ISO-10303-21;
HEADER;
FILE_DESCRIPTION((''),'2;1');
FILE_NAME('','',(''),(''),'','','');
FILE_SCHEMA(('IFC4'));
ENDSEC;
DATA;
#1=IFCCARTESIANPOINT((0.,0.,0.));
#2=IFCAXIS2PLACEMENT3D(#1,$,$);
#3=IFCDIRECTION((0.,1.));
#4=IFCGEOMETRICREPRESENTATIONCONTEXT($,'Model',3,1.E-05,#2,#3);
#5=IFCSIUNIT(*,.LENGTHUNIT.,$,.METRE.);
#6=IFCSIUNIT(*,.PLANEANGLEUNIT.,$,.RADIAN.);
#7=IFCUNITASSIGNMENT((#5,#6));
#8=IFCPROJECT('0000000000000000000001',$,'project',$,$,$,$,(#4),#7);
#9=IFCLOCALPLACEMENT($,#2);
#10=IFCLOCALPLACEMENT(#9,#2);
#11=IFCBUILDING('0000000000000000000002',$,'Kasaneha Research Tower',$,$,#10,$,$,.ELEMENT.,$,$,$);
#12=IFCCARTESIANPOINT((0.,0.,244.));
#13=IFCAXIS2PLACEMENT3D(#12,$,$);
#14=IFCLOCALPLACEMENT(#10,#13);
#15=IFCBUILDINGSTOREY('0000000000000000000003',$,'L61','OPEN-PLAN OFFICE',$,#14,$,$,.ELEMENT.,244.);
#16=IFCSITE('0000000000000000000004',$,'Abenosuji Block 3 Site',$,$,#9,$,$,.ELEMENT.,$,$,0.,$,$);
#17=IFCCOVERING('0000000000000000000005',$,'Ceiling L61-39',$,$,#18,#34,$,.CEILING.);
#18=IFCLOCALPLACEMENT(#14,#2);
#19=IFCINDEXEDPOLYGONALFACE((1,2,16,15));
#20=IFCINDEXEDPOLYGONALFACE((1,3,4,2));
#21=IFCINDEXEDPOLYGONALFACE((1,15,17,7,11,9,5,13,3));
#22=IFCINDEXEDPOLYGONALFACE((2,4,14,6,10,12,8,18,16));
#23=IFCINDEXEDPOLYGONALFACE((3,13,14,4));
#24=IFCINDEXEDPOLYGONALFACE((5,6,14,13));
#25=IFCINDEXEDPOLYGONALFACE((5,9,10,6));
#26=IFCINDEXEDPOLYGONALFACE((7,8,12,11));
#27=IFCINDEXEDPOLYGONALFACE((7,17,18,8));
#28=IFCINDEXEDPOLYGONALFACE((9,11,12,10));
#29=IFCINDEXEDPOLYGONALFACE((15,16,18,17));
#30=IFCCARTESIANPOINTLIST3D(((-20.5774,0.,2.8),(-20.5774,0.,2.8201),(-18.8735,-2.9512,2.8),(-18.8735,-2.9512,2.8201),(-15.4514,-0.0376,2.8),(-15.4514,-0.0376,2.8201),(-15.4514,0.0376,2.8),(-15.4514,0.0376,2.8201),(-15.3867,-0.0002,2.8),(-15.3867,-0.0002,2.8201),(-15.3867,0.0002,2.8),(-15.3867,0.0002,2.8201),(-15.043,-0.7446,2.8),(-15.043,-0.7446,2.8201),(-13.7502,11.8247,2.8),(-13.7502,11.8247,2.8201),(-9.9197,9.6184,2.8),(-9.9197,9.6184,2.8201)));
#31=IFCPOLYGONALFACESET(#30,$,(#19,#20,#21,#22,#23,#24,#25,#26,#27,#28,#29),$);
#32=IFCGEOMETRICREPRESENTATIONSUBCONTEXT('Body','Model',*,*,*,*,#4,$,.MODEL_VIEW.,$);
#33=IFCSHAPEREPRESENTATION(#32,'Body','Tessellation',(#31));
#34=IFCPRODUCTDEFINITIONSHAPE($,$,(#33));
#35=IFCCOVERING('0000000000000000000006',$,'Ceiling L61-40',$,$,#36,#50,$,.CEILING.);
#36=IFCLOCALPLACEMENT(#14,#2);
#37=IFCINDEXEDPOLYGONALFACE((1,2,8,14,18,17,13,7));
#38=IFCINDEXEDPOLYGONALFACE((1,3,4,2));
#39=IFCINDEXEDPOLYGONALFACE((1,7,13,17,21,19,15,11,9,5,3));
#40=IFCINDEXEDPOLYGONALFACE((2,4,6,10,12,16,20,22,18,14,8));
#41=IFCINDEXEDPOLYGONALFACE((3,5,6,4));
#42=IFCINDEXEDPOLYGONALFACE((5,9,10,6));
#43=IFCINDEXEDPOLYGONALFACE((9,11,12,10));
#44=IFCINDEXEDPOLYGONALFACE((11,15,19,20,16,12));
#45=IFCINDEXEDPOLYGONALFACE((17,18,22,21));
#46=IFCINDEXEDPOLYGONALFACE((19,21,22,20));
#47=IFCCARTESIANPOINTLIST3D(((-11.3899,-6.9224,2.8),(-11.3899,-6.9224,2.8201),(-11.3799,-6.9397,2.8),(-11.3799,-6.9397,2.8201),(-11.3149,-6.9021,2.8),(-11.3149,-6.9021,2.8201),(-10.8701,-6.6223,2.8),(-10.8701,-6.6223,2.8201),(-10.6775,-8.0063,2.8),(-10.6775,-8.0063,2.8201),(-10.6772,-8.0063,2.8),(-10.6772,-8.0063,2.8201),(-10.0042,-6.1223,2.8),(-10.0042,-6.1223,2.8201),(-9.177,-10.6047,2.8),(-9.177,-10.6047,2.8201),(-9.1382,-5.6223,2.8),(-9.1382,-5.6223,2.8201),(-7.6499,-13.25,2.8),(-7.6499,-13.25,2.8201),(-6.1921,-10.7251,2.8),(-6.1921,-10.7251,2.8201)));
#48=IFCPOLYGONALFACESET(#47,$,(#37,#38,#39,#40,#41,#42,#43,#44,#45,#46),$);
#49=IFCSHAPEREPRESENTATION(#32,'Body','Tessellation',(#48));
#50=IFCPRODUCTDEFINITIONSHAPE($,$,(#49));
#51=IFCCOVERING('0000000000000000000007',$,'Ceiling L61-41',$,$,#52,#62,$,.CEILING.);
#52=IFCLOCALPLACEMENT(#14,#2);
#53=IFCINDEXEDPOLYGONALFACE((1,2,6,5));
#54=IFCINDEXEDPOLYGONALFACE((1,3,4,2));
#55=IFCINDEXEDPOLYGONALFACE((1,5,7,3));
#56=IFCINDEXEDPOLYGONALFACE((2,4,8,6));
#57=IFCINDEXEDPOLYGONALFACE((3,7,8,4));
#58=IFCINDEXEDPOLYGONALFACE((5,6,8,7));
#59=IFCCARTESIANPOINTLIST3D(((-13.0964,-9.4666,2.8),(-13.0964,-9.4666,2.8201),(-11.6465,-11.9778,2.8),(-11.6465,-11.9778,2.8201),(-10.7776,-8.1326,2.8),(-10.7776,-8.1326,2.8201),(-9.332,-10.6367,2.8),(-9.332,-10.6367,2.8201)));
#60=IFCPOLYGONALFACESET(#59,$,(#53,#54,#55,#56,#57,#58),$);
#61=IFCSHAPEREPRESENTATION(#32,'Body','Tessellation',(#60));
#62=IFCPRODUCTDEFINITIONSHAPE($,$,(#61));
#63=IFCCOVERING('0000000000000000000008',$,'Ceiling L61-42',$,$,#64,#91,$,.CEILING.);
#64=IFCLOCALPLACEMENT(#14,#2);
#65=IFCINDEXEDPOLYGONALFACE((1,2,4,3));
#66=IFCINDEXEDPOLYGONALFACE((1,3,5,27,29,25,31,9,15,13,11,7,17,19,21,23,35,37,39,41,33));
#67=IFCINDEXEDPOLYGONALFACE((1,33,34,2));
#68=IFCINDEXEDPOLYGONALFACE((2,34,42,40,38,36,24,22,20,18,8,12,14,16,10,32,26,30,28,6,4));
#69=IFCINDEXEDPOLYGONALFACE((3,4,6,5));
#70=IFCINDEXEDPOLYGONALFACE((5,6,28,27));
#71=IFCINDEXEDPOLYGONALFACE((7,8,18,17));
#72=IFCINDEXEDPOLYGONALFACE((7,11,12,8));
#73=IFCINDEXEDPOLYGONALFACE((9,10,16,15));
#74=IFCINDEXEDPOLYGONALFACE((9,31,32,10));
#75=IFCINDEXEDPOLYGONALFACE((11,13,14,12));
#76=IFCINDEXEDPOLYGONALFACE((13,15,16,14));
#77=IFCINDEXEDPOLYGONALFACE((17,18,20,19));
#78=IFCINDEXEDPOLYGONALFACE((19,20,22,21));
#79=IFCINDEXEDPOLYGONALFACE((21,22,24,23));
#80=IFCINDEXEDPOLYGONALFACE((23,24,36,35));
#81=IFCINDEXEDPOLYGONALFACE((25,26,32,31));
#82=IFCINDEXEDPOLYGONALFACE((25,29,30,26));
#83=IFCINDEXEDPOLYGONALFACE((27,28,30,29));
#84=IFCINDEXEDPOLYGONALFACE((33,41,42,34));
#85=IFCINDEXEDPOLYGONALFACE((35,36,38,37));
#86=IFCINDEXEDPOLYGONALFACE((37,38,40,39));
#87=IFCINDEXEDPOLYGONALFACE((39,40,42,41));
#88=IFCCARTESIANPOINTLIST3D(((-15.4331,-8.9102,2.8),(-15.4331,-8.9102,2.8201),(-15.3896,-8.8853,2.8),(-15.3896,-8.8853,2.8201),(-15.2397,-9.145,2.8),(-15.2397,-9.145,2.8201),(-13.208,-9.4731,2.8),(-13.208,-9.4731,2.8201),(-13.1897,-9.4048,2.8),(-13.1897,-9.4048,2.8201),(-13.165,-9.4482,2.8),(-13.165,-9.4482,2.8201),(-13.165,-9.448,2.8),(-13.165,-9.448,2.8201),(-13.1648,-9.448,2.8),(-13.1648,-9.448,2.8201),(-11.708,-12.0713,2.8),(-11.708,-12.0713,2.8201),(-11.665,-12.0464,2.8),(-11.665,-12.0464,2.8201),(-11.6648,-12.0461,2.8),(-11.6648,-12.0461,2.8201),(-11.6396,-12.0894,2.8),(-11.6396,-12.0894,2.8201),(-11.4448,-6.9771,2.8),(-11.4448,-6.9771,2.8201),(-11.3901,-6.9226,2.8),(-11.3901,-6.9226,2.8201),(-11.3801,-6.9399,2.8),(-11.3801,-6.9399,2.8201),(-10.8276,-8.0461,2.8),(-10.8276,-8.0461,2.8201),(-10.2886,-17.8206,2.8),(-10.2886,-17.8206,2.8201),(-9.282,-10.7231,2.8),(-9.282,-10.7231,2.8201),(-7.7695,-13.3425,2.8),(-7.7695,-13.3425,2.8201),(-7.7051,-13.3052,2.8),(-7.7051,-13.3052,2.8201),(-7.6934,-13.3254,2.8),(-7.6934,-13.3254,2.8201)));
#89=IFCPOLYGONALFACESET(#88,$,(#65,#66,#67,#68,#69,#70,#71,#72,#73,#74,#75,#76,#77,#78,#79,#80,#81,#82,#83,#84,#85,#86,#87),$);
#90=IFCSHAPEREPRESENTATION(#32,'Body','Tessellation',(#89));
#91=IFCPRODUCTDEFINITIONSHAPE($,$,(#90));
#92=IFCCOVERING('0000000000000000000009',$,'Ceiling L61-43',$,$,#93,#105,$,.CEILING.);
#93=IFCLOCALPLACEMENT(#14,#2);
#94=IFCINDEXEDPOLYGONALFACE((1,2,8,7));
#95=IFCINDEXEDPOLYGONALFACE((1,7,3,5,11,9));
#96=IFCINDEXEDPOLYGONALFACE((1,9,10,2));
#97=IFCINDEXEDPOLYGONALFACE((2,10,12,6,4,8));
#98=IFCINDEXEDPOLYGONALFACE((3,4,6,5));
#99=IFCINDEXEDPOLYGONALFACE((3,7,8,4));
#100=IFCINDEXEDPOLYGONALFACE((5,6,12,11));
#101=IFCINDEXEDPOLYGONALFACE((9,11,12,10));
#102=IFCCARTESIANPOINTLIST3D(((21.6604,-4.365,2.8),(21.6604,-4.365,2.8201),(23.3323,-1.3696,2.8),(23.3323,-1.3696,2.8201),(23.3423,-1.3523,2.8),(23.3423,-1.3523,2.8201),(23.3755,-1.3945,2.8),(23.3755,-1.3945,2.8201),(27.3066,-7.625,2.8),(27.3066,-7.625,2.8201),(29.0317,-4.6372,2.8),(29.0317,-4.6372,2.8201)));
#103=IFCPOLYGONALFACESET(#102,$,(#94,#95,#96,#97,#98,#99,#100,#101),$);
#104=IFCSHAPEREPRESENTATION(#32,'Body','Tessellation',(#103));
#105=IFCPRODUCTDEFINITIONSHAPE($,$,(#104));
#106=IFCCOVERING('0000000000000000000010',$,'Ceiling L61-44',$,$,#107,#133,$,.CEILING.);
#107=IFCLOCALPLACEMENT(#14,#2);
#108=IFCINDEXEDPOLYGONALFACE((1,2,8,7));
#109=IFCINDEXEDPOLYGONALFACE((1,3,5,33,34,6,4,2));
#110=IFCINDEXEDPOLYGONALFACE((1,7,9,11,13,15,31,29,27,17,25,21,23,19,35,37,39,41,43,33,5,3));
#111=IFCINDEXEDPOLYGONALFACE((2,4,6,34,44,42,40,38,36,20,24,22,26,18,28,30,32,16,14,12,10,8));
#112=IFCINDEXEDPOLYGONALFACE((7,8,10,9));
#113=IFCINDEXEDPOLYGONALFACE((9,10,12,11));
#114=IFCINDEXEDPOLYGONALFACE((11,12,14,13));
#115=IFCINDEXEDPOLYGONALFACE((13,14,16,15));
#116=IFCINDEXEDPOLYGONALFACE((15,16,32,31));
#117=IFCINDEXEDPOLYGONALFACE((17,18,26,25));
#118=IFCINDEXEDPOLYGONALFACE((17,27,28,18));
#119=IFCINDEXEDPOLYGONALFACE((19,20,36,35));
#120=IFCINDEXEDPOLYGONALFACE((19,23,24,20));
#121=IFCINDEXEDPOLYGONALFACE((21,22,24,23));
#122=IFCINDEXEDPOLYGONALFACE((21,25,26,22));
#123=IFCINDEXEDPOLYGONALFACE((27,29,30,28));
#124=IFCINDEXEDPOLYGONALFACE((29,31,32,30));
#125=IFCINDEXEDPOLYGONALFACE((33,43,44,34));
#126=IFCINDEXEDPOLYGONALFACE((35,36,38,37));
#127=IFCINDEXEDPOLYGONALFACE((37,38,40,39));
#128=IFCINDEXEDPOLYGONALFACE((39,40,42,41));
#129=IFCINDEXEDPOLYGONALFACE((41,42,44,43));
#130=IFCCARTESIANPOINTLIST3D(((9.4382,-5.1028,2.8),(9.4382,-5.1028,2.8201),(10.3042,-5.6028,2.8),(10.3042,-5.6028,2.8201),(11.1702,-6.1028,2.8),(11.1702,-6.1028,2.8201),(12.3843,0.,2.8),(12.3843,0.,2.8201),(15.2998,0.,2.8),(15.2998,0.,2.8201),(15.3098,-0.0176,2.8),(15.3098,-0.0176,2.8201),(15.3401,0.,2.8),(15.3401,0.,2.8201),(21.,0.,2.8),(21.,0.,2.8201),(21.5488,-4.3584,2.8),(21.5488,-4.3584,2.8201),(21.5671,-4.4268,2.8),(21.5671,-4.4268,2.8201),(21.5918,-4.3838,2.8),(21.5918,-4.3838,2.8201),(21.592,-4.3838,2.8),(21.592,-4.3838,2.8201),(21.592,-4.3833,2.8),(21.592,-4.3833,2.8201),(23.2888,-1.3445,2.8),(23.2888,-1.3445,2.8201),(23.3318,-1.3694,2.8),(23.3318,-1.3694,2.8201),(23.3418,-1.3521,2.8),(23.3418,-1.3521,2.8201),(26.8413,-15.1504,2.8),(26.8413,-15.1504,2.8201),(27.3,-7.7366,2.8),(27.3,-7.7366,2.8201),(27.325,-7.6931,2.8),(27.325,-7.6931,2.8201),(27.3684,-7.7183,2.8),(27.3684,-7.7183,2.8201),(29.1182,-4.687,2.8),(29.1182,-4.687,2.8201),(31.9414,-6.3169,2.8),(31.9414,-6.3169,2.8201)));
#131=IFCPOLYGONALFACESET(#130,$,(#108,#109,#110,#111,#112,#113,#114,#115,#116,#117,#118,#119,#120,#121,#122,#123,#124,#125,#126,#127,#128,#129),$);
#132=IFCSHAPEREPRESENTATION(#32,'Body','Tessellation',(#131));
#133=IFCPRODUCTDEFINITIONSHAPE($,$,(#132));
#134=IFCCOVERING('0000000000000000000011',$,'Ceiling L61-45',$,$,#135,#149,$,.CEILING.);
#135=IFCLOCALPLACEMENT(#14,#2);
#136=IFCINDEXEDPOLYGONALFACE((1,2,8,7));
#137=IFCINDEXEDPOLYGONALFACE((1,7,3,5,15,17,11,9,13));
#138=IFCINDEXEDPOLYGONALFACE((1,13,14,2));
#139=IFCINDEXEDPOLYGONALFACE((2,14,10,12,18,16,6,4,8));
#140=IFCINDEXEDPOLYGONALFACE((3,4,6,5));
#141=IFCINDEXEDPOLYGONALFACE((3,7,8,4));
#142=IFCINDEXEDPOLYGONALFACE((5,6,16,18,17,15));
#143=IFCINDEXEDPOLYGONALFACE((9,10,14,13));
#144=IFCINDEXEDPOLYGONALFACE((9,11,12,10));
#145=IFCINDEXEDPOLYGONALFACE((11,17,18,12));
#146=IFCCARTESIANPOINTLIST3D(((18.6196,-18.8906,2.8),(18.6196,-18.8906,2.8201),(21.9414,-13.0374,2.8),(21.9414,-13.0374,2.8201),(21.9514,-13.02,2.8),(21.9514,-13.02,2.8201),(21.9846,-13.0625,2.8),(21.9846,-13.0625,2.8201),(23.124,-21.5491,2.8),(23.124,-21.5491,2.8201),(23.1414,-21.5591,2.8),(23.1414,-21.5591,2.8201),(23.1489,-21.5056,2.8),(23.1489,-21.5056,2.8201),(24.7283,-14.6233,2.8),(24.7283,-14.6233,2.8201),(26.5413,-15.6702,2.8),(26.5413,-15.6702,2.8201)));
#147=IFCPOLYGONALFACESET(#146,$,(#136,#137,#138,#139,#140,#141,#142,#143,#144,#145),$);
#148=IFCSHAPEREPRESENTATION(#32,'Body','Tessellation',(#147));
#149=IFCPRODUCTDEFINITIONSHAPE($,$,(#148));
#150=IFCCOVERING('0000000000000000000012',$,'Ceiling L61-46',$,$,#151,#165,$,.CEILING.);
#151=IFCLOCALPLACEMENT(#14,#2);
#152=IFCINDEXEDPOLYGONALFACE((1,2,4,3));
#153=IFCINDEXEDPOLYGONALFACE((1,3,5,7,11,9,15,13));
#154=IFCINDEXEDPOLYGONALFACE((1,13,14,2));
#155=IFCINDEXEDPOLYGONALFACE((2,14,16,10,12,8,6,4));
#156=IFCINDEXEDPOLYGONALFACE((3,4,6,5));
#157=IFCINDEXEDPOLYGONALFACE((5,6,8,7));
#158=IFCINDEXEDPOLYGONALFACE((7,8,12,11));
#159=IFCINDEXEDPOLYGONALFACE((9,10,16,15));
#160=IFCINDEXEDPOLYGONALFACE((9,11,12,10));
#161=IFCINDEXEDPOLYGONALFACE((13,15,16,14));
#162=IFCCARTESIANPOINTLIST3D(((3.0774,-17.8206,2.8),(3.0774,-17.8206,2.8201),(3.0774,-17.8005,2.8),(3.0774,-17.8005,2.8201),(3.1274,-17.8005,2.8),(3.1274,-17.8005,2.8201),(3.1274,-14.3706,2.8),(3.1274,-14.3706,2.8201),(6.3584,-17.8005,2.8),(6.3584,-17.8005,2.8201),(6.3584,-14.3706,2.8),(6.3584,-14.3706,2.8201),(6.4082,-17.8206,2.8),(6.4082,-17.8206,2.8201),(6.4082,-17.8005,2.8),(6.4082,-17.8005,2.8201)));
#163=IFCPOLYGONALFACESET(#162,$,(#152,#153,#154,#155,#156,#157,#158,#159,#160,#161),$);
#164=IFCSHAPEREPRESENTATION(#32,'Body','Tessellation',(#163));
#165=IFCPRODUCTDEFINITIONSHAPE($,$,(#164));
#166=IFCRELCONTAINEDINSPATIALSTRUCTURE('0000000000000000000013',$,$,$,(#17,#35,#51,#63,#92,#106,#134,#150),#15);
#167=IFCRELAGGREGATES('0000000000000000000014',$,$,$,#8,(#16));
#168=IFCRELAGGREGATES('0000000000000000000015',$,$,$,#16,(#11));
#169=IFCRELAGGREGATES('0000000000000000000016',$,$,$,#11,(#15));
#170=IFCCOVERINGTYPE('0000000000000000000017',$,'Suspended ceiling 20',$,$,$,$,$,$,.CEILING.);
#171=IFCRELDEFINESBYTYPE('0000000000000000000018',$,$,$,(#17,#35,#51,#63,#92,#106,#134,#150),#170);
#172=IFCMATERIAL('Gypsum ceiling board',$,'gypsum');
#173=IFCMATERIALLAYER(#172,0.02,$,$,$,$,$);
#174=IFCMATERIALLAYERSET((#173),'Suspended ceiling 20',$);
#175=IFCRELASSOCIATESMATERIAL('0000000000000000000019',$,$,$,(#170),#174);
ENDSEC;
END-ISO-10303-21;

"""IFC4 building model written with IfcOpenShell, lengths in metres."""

from ifc_helpers import new_model, si_unit, direction, frame, origin, place, context, subcontext, project, spatial, polyline, outline, extrude, material, layer, layer_set, type_object, element, save


model = new_model("IFC4")

# Units and contexts
model_context = context("Model", 3, precision=1e-05, world=origin(), true_north=direction((0.0, 1.0)))
body_context = subcontext(model_context, "Body", "Model", "MODEL_VIEW")
ifc_project = project(units=[si_unit("LENGTHUNIT", "METRE"), si_unit("PLANEANGLEUNIT", "RADIAN")], contexts=[model_context])

# Site, building, storey
site_placement = place(None, origin())
site = spatial("IfcSite", under=ifc_project, at=site_placement, Name="Abenosuji Block 3 Site", CompositionType="ELEMENT", RefElevation=0.0)
building_placement = place(site_placement, origin())
building = spatial("IfcBuilding", under=site, at=building_placement, Name="Kasaneha Research Tower", CompositionType="ELEMENT")
storey_placement = place(building_placement, frame((0.0, 0.0, 244.0)))
storey = spatial("IfcBuildingStorey", under=building, at=storey_placement, Name="L61", Description="OPEN-PLAN OFFICE", CompositionType="ELEMENT", Elevation=244.0)

# Coverings
ifc_material_1 = material(Name="Gypsum ceiling board", Category="gypsum")
ifc_layer_1 = layer(ifc_material_1, 0.02)
ifc_layer_set_1 = layer_set([ifc_layer_1], Name="Suspended ceiling 20")
covering_type_1 = type_object("IfcCoveringType", Name="Suspended ceiling 20", PredefinedType="CEILING", material=ifc_layer_set_1)
covering_1_placement = place(storey_placement, frame((0.0, 0.0, 2.8)))
element("IfcCovering", 1, at=covering_1_placement, inside=storey, type_object=covering_type_1, Name="Ceiling L61-39", PredefinedType="CEILING", context=body_context, shape_type="SweptSolid", body=[
    extrude(outline(polyline([(-15.3867, 0.0002), (-15.3867, -0.0002), (-15.4514, -0.0376), (-15.043, -0.7446), (-18.8735, -2.9512), (-20.5774, 0.0), (-13.7502, 11.8247), (-9.9197, 9.6184), (-15.4514, 0.0376), (-15.3867, 0.0002), (-15.3867, 0.0002)])), origin(), (0.0, 0.0, 1.0), 0.02),
])
covering_2_placement = place(storey_placement, frame((0.0, 0.0, 2.8)))
element("IfcCovering", 2, at=covering_2_placement, inside=storey, type_object=covering_type_1, Name="Ceiling L61-40", PredefinedType="CEILING", context=body_context, shape_type="SweptSolid", body=[
    extrude(outline(polyline([(-10.8701, -6.6223), (-10.0042, -6.1223), (-10.0042, -6.1223), (-9.1382, -5.6223), (-6.1921, -10.7251), (-7.6499, -13.25), (-9.177, -10.6047), (-9.177, -10.6047), (-10.6772, -8.0063), (-10.6775, -8.0063), (-11.3149, -6.9021), (-11.3799, -6.9397), (-11.3899, -6.9224), (-10.8701, -6.6223), (-10.8701, -6.6223)])), origin(), (0.0, 0.0, 1.0), 0.02),
])
covering_3_placement = place(storey_placement, frame((0.0, 0.0, 2.8)))
element("IfcCovering", 3, at=covering_3_placement, inside=storey, type_object=covering_type_1, Name="Ceiling L61-41", PredefinedType="CEILING", context=body_context, shape_type="SweptSolid", body=[
    extrude(outline(polyline([(-13.0964, -9.4666), (-10.7776, -8.1326), (-9.332, -10.6367), (-11.6465, -11.9778), (-13.0964, -9.4666)])), origin(), (0.0, 0.0, 1.0), 0.02),
])
covering_4_placement = place(storey_placement, frame((0.0, 0.0, 2.8)))
element("IfcCovering", 4, at=covering_4_placement, inside=storey, type_object=covering_type_1, Name="Ceiling L61-42", PredefinedType="CEILING", context=body_context, shape_type="SweptSolid", body=[
    extrude(outline(polyline([(-11.3801, -6.9399), (-11.4448, -6.9771), (-10.8276, -8.0461), (-13.1897, -9.4048), (-13.1648, -9.448), (-13.165, -9.448), (-13.165, -9.4482), (-13.208, -9.4731), (-11.708, -12.0713), (-11.665, -12.0464), (-11.665, -12.0464), (-11.6648, -12.0461), (-11.6396, -12.0894), (-9.282, -10.7231), (-7.7695, -13.3425), (-7.7051, -13.3052), (-7.6934, -13.3254), (-10.2886, -17.8206), (-15.4331, -8.9102), (-15.3896, -8.8853), (-15.2397, -9.145), (-15.2397, -9.145), (-15.2397, -9.145), (-11.3901, -6.9226), (-11.3801, -6.9399)])), origin(), (0.0, 0.0, 1.0), 0.02),
])
covering_5_placement = place(storey_placement, frame((0.0, 0.0, 2.8)))
element("IfcCovering", 5, at=covering_5_placement, inside=storey, type_object=covering_type_1, Name="Ceiling L61-43", PredefinedType="CEILING", context=body_context, shape_type="SweptSolid", body=[
    extrude(outline(polyline([(29.0317, -4.6372), (27.3066, -7.625), (21.6604, -4.365), (23.3755, -1.3945), (23.3323, -1.3696), (23.3423, -1.3523), (29.0317, -4.6372)])), origin(), (0.0, 0.0, 1.0), 0.02),
])
covering_6_placement = place(storey_placement, frame((0.0, 0.0, 2.8)))
element("IfcCovering", 6, at=covering_6_placement, inside=storey, type_object=covering_type_1, Name="Ceiling L61-44", PredefinedType="CEILING", context=body_context, shape_type="SweptSolid", body=[
    extrude(outline(polyline([(10.3042, -5.6028), (10.3042, -5.6028), (9.4382, -5.1028), (12.3843, 0.0), (15.2998, 0.0), (15.3098, -0.0176), (15.3401, 0.0), (21.0, 0.0), (23.3418, -1.3521), (23.3318, -1.3694), (23.2888, -1.3445), (21.5488, -4.3584), (21.592, -4.3833), (21.5918, -4.3838), (21.592, -4.3838), (21.5671, -4.4268), (27.3, -7.7366), (27.325, -7.6931), (27.3684, -7.7183), (29.1182, -4.687), (31.9414, -6.3169), (26.8413, -15.1504), (11.1702, -6.1028), (11.1702, -6.1028), (10.3042, -5.6028)])), origin(), (0.0, 0.0, 1.0), 0.02),
])
covering_7_placement = place(storey_placement, frame((0.0, 0.0, 2.8)))
element("IfcCovering", 7, at=covering_7_placement, inside=storey, type_object=covering_type_1, Name="Ceiling L61-45", PredefinedType="CEILING", context=body_context, shape_type="SweptSolid", body=[
    extrude(outline(polyline([(23.1414, -21.5591), (23.124, -21.5491), (23.1489, -21.5056), (18.6196, -18.8906), (21.9846, -13.0625), (21.9414, -13.0374), (21.9514, -13.02), (24.7283, -14.6233), (26.5413, -15.6702), (23.1414, -21.5591)])), origin(), (0.0, 0.0, 1.0), 0.02),
])
covering_8_placement = place(storey_placement, frame((0.0, 0.0, 2.8)))
element("IfcCovering", 8, at=covering_8_placement, inside=storey, type_object=covering_type_1, Name="Ceiling L61-46", PredefinedType="CEILING", context=body_context, shape_type="SweptSolid", body=[
    extrude(outline(polyline([(3.0774, -17.8206), (3.0774, -17.8005), (3.1274, -17.8005), (3.1274, -14.3706), (6.3584, -14.3706), (6.3584, -17.8005), (6.4082, -17.8005), (6.4082, -17.8206), (3.0774, -17.8206)])), origin(), (0.0, 0.0, 1.0), 0.02),
])

save(model, "model.ifc")
